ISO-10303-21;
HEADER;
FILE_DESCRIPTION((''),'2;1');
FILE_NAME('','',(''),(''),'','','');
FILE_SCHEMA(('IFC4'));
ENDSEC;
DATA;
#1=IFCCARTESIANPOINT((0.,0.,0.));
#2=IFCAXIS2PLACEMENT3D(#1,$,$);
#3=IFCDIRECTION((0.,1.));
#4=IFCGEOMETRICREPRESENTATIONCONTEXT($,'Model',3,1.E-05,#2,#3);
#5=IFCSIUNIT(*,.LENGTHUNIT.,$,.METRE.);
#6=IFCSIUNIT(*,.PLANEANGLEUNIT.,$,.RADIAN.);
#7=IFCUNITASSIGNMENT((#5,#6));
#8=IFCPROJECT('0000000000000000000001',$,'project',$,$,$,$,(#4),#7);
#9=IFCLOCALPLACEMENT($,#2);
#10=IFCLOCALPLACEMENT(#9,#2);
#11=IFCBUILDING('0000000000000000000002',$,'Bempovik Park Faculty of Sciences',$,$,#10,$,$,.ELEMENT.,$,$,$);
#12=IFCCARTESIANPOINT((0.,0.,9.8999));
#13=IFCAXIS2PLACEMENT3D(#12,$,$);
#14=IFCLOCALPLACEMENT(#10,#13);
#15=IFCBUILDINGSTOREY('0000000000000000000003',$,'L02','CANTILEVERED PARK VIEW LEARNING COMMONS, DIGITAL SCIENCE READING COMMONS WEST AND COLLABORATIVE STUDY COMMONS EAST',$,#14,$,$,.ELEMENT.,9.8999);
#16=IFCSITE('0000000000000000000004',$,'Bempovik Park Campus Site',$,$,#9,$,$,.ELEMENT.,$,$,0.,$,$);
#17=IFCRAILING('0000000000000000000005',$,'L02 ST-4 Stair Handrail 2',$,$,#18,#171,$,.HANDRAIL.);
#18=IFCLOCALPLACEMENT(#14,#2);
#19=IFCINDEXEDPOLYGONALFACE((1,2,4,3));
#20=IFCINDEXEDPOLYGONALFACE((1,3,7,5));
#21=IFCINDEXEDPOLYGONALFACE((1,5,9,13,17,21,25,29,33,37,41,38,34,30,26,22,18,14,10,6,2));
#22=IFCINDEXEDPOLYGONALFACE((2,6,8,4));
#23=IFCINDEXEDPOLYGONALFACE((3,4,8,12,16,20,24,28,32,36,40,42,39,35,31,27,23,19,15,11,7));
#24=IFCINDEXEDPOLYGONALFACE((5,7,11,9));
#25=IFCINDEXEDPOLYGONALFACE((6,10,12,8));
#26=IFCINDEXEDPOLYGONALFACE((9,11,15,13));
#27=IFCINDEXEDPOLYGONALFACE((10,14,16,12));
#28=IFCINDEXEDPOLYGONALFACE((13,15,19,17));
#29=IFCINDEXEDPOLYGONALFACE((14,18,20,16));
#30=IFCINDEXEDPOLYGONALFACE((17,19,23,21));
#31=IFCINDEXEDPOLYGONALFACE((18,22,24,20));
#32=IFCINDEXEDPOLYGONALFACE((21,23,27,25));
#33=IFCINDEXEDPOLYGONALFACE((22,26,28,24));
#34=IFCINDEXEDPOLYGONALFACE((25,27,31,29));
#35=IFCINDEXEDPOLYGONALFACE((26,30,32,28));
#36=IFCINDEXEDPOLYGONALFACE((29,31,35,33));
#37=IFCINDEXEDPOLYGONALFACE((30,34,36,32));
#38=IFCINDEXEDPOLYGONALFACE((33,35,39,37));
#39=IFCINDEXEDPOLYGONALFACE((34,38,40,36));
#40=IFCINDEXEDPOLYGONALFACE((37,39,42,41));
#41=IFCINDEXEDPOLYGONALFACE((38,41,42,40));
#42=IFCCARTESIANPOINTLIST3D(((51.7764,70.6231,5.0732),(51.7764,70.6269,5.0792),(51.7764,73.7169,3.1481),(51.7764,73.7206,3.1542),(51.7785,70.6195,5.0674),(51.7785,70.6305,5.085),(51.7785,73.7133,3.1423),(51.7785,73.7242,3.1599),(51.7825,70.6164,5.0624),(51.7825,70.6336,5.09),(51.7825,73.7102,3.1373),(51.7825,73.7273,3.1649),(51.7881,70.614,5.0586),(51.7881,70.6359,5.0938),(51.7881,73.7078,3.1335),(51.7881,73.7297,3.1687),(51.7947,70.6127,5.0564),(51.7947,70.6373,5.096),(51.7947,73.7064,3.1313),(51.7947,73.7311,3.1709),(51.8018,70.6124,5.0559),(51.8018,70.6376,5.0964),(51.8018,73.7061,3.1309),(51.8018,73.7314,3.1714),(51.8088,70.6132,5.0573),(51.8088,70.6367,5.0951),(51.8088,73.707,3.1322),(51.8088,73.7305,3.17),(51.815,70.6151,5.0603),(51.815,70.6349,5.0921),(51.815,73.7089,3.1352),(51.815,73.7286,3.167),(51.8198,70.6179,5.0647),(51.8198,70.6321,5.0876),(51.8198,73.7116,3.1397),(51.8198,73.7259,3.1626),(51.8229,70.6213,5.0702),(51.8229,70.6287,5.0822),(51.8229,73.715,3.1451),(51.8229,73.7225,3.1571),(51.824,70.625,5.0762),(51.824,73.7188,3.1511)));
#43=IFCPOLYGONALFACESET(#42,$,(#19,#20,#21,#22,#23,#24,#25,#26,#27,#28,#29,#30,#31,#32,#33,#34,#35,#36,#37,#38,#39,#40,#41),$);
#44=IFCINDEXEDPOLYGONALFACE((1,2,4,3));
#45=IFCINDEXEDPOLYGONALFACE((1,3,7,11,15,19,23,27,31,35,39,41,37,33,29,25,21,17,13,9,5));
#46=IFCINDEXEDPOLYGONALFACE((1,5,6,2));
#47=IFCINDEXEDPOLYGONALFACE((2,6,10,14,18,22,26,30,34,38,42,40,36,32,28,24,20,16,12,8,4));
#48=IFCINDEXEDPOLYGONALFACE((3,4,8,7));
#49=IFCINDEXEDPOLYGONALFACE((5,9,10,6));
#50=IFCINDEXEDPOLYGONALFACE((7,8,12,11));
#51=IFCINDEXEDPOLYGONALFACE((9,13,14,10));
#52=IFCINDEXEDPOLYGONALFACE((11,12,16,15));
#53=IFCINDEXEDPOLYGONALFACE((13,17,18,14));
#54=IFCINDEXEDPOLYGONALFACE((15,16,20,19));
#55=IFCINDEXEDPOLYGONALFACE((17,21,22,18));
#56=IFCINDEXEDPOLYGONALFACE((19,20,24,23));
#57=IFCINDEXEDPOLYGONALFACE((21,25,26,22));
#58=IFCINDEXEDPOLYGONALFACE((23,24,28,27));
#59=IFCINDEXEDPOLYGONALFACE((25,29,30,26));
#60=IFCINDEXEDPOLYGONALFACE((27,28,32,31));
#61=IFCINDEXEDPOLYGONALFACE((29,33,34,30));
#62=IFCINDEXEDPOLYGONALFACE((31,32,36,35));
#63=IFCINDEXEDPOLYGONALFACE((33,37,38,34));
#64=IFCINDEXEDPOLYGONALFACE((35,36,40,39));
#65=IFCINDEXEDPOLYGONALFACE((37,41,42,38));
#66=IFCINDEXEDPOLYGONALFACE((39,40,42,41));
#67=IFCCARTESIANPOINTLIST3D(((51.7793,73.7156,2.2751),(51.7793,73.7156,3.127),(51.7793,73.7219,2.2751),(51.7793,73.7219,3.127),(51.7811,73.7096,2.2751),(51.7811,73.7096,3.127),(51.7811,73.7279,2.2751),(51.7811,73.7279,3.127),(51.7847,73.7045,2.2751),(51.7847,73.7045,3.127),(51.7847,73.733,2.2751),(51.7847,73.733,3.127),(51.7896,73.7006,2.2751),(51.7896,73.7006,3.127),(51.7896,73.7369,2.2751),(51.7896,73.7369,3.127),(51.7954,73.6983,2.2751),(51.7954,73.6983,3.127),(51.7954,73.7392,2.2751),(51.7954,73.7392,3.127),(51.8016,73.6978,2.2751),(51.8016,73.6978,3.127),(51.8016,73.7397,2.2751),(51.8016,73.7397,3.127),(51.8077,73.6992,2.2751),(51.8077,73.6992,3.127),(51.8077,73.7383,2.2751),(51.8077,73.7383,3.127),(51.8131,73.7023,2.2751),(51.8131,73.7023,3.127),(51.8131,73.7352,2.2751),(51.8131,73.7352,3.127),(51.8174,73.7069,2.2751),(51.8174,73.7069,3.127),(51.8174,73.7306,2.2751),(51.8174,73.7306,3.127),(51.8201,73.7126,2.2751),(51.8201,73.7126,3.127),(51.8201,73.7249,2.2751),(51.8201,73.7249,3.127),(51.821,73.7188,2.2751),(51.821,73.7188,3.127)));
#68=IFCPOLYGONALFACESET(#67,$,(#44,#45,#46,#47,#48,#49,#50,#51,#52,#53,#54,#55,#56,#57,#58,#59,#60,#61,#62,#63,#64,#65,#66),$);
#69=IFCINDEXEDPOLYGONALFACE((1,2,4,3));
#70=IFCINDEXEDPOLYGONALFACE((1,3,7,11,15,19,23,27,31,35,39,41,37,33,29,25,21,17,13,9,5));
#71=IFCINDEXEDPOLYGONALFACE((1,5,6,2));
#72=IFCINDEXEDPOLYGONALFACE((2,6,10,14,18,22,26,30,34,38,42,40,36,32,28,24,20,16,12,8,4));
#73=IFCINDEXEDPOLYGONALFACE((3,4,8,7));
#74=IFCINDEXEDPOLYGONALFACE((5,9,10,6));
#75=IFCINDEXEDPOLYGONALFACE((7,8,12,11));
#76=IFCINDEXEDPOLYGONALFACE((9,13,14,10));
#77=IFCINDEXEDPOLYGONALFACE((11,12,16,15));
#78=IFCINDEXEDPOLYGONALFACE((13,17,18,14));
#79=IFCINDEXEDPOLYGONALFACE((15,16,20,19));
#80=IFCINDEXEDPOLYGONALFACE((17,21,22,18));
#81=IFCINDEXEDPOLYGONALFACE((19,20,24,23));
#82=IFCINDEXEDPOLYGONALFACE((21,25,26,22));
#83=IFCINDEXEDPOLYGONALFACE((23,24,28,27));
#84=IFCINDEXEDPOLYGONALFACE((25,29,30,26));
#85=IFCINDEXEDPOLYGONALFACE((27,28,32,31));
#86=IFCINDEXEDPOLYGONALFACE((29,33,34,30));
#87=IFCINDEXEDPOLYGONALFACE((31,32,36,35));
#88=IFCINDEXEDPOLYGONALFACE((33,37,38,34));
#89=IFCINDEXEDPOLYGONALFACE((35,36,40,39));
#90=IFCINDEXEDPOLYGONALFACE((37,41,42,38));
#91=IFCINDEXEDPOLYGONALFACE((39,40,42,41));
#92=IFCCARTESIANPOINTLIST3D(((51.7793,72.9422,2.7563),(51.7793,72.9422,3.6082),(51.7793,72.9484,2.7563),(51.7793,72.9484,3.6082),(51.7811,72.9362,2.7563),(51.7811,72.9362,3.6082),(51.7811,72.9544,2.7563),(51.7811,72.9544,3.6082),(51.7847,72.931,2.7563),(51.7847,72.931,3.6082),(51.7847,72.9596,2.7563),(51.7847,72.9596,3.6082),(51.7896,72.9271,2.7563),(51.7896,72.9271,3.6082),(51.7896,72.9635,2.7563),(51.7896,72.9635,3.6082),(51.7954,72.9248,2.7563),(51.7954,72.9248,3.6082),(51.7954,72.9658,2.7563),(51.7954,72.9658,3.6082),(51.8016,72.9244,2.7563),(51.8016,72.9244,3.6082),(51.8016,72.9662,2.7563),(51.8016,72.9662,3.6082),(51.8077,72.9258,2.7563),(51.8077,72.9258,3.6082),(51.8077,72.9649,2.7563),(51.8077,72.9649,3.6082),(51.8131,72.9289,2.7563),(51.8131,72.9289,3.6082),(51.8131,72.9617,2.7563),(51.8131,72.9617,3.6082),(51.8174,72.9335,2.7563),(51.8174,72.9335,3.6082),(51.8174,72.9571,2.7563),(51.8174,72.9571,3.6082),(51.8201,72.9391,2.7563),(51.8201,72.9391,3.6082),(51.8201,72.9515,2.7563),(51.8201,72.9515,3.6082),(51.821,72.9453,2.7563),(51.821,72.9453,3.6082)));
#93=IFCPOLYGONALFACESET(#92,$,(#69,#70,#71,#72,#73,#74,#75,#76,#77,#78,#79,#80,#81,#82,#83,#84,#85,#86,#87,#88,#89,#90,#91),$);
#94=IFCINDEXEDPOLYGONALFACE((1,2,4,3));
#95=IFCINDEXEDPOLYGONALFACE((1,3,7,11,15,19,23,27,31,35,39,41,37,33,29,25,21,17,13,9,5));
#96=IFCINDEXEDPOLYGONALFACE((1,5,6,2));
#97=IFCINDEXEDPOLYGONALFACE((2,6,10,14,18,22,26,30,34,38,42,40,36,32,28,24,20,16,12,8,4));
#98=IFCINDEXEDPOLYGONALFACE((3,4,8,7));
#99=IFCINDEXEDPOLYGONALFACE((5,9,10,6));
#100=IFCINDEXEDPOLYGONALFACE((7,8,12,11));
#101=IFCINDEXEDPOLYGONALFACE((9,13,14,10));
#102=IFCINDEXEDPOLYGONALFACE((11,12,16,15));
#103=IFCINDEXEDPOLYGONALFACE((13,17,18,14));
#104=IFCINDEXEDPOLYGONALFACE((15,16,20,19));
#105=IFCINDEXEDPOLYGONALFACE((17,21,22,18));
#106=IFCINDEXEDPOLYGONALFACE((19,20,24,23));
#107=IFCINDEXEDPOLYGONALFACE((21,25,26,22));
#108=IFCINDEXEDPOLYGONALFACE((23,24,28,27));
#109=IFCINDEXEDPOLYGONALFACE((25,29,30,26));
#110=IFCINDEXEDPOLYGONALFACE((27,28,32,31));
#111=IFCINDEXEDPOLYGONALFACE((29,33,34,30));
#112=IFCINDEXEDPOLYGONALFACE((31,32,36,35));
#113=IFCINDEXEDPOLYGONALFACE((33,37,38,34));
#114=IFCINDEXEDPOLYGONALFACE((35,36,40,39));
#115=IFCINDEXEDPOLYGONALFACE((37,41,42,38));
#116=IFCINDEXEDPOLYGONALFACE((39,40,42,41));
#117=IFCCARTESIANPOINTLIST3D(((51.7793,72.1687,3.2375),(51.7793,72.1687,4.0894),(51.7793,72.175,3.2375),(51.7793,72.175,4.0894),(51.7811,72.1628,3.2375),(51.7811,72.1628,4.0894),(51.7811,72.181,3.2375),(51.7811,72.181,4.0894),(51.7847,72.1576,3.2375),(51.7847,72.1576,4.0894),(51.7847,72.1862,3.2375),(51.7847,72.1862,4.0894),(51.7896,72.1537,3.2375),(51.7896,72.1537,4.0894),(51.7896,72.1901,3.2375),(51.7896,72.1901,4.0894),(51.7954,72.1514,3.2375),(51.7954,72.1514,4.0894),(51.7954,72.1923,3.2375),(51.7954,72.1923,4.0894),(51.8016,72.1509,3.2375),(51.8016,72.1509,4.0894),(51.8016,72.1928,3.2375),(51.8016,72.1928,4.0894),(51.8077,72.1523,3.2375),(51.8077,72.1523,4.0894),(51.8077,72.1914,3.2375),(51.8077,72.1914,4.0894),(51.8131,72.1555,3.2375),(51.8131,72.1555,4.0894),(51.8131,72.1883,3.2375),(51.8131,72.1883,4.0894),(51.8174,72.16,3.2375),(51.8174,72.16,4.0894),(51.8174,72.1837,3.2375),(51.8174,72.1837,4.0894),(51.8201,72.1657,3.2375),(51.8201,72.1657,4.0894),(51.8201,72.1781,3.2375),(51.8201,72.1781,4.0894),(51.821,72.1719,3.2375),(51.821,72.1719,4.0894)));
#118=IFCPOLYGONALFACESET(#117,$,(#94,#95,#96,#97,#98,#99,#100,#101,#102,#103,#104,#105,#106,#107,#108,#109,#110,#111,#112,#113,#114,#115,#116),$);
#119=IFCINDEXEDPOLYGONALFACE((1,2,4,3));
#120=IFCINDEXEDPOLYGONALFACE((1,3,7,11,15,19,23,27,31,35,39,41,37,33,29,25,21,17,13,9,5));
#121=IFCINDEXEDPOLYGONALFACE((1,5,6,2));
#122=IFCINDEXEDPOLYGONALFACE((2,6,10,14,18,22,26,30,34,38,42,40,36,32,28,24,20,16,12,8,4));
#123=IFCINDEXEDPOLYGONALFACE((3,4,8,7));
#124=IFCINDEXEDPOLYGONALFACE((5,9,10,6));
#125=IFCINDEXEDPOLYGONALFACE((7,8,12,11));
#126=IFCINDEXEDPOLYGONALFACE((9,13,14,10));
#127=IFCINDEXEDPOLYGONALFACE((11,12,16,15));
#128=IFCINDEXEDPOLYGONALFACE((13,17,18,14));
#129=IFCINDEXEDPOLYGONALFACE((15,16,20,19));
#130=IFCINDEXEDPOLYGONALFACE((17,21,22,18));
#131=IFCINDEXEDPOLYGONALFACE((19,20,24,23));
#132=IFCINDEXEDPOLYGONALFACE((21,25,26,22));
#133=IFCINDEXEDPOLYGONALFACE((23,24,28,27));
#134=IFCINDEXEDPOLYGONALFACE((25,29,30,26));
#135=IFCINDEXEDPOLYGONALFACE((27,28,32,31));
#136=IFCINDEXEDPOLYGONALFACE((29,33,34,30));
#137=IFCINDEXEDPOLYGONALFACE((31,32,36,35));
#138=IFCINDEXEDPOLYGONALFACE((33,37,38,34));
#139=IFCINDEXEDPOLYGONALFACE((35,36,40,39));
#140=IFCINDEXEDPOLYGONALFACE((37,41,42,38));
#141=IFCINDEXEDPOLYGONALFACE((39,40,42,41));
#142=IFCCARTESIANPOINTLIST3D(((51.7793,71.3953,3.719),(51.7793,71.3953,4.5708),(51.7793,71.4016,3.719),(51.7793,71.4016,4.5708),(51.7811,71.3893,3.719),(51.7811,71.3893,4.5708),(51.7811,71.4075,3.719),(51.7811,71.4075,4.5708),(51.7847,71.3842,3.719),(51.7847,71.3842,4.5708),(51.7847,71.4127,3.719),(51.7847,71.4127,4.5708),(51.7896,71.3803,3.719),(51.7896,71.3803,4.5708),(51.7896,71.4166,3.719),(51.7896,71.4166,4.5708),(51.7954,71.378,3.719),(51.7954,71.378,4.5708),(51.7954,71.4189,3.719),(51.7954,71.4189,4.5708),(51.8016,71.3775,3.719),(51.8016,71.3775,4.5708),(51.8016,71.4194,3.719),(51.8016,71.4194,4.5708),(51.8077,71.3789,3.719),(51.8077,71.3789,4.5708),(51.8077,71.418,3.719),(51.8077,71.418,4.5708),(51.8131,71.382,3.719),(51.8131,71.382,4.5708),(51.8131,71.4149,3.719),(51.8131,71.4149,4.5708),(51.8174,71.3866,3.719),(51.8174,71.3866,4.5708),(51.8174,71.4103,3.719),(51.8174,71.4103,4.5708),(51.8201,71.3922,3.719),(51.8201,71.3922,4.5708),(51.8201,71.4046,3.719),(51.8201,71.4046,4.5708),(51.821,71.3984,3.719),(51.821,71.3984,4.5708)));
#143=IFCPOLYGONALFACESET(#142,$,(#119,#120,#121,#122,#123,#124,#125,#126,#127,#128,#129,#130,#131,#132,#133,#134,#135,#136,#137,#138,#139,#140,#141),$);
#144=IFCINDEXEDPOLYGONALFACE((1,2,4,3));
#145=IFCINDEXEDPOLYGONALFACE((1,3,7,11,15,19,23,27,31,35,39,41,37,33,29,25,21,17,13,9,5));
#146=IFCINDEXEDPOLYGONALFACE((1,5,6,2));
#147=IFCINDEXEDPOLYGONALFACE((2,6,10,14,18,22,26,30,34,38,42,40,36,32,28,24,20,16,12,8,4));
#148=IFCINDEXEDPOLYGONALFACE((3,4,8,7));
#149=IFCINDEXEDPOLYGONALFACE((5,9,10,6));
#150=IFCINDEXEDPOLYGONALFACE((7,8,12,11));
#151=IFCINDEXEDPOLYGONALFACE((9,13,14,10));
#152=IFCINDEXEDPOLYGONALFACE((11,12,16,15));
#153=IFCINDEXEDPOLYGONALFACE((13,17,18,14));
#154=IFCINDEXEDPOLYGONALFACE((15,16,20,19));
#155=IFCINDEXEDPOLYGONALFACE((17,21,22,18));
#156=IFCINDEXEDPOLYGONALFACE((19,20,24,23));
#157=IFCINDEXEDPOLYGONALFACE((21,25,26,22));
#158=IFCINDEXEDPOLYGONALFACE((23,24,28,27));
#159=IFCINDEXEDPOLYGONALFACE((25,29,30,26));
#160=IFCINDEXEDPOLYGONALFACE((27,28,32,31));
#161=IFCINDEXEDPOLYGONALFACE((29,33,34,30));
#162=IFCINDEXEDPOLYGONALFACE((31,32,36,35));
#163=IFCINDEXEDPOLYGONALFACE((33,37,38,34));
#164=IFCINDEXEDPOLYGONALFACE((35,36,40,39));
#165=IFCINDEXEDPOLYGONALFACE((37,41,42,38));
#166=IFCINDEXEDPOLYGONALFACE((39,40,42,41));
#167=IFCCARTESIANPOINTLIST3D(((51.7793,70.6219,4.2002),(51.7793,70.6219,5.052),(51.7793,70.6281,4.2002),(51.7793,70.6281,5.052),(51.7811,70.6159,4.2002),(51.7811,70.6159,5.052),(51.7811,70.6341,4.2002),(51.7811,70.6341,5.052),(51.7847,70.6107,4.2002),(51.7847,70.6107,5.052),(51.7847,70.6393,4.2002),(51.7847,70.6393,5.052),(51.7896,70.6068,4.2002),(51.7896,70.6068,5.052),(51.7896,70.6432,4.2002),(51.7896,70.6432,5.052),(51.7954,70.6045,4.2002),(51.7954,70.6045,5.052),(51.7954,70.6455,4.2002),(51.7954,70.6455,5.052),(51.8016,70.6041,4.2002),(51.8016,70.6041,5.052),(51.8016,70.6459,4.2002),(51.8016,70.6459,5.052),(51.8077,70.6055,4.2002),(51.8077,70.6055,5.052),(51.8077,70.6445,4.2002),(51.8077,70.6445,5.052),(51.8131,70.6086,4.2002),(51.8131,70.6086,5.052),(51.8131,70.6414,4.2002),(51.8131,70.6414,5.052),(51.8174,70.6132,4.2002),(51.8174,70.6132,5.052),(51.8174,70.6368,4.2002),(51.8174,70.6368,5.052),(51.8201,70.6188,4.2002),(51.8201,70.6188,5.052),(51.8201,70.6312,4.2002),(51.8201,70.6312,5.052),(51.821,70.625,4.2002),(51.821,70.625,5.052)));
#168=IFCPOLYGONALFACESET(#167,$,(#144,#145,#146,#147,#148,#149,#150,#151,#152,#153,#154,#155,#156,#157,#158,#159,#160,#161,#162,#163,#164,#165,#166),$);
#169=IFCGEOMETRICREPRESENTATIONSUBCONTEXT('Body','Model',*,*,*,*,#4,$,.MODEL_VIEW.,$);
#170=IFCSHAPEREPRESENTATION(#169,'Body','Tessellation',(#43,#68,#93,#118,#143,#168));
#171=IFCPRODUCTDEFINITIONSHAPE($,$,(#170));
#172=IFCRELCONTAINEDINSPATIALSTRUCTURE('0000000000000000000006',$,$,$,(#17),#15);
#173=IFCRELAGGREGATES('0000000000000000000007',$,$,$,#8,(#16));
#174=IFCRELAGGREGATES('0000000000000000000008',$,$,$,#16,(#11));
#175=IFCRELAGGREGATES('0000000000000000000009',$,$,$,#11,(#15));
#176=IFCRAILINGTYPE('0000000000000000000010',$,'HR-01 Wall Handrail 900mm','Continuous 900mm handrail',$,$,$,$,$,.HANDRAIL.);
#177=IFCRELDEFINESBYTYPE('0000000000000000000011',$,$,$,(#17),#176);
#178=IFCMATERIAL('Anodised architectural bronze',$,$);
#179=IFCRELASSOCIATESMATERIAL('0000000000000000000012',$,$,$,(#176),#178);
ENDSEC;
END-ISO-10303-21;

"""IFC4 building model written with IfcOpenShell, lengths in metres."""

from ifc_helpers import new_model, si_unit, direction, frame, origin, origin_2d, place, context, subcontext, project, spatial, circle, extrude, material, type_object, element, save


model = new_model("IFC4")

# Units and contexts
model_context = context("Model", 3, precision=1e-05, world=origin(), true_north=direction((0.0, 1.0)))
body_context = subcontext(model_context, "Body", "Model", "MODEL_VIEW")
ifc_project = project(units=[si_unit("LENGTHUNIT", "METRE"), si_unit("PLANEANGLEUNIT", "RADIAN")], contexts=[model_context])

# Site, building, storey
site_placement = place(None, origin())
site = spatial("IfcSite", under=ifc_project, at=site_placement, Name="Bempovik Park Campus Site", CompositionType="ELEMENT", RefElevation=0.0)
building_placement = place(site_placement, origin())
building = spatial("IfcBuilding", under=site, at=building_placement, Name="Bempovik Park Faculty of Sciences", CompositionType="ELEMENT")
storey_placement = place(building_placement, frame((0.0, 0.0, 9.8999)))
storey = spatial("IfcBuildingStorey", under=building, at=storey_placement, Name="L02", Description="CANTILEVERED PARK VIEW LEARNING COMMONS, DIGITAL SCIENCE READING COMMONS WEST AND COLLABORATIVE STUDY COMMONS EAST", CompositionType="ELEMENT", Elevation=9.8999)

# Shared definitions
ifc_material_1 = material(Name="Anodised architectural bronze")

# Railing
railing_type_1 = type_object("IfcRailingType", Name="HR-01 Wall Handrail 900mm", Description="Continuous 900mm handrail", PredefinedType="HANDRAIL", material=ifc_material_1)
railing_1_placement = place(storey_placement, frame((51.8, 73.7188, 2.2751)))
element("IfcRailing", 1, at=railing_1_placement, inside=storey, type_object=railing_type_1, Name="L02 ST-4 Stair Handrail 2", PredefinedType="HANDRAIL", context=body_context, shape_type="SweptSolid", body=[
    extrude(circle(Radius=0.0239, at=origin_2d()), frame((0.0, 0.0, 0.876), z_axis=(0.0, -0.849051, 0.528312), x_axis=(1.0, 0.0, 0.0)), (0.0, 0.0, 1.0), 3.6438),
    extrude(circle(Radius=0.021, at=origin_2d()), origin(), (0.0, 0.0, 1.0), 0.8518),
    extrude(circle(Radius=0.021, at=origin_2d()), frame((0.0, -0.7734, 0.4812)), (0.0, 0.0, 1.0), 0.8518),
    extrude(circle(Radius=0.021, at=origin_2d()), frame((0.0, -1.5469, 0.9624)), (0.0, 0.0, 1.0), 0.8518),
    extrude(circle(Radius=0.021, at=origin_2d()), frame((0.0, -2.3203, 1.4438)), (0.0, 0.0, 1.0), 0.8518),
    extrude(circle(Radius=0.021, at=origin_2d()), frame((0.0, -3.0938, 1.925)), (0.0, 0.0, 1.0), 0.8518),
])

save(model, "model.ifc")
